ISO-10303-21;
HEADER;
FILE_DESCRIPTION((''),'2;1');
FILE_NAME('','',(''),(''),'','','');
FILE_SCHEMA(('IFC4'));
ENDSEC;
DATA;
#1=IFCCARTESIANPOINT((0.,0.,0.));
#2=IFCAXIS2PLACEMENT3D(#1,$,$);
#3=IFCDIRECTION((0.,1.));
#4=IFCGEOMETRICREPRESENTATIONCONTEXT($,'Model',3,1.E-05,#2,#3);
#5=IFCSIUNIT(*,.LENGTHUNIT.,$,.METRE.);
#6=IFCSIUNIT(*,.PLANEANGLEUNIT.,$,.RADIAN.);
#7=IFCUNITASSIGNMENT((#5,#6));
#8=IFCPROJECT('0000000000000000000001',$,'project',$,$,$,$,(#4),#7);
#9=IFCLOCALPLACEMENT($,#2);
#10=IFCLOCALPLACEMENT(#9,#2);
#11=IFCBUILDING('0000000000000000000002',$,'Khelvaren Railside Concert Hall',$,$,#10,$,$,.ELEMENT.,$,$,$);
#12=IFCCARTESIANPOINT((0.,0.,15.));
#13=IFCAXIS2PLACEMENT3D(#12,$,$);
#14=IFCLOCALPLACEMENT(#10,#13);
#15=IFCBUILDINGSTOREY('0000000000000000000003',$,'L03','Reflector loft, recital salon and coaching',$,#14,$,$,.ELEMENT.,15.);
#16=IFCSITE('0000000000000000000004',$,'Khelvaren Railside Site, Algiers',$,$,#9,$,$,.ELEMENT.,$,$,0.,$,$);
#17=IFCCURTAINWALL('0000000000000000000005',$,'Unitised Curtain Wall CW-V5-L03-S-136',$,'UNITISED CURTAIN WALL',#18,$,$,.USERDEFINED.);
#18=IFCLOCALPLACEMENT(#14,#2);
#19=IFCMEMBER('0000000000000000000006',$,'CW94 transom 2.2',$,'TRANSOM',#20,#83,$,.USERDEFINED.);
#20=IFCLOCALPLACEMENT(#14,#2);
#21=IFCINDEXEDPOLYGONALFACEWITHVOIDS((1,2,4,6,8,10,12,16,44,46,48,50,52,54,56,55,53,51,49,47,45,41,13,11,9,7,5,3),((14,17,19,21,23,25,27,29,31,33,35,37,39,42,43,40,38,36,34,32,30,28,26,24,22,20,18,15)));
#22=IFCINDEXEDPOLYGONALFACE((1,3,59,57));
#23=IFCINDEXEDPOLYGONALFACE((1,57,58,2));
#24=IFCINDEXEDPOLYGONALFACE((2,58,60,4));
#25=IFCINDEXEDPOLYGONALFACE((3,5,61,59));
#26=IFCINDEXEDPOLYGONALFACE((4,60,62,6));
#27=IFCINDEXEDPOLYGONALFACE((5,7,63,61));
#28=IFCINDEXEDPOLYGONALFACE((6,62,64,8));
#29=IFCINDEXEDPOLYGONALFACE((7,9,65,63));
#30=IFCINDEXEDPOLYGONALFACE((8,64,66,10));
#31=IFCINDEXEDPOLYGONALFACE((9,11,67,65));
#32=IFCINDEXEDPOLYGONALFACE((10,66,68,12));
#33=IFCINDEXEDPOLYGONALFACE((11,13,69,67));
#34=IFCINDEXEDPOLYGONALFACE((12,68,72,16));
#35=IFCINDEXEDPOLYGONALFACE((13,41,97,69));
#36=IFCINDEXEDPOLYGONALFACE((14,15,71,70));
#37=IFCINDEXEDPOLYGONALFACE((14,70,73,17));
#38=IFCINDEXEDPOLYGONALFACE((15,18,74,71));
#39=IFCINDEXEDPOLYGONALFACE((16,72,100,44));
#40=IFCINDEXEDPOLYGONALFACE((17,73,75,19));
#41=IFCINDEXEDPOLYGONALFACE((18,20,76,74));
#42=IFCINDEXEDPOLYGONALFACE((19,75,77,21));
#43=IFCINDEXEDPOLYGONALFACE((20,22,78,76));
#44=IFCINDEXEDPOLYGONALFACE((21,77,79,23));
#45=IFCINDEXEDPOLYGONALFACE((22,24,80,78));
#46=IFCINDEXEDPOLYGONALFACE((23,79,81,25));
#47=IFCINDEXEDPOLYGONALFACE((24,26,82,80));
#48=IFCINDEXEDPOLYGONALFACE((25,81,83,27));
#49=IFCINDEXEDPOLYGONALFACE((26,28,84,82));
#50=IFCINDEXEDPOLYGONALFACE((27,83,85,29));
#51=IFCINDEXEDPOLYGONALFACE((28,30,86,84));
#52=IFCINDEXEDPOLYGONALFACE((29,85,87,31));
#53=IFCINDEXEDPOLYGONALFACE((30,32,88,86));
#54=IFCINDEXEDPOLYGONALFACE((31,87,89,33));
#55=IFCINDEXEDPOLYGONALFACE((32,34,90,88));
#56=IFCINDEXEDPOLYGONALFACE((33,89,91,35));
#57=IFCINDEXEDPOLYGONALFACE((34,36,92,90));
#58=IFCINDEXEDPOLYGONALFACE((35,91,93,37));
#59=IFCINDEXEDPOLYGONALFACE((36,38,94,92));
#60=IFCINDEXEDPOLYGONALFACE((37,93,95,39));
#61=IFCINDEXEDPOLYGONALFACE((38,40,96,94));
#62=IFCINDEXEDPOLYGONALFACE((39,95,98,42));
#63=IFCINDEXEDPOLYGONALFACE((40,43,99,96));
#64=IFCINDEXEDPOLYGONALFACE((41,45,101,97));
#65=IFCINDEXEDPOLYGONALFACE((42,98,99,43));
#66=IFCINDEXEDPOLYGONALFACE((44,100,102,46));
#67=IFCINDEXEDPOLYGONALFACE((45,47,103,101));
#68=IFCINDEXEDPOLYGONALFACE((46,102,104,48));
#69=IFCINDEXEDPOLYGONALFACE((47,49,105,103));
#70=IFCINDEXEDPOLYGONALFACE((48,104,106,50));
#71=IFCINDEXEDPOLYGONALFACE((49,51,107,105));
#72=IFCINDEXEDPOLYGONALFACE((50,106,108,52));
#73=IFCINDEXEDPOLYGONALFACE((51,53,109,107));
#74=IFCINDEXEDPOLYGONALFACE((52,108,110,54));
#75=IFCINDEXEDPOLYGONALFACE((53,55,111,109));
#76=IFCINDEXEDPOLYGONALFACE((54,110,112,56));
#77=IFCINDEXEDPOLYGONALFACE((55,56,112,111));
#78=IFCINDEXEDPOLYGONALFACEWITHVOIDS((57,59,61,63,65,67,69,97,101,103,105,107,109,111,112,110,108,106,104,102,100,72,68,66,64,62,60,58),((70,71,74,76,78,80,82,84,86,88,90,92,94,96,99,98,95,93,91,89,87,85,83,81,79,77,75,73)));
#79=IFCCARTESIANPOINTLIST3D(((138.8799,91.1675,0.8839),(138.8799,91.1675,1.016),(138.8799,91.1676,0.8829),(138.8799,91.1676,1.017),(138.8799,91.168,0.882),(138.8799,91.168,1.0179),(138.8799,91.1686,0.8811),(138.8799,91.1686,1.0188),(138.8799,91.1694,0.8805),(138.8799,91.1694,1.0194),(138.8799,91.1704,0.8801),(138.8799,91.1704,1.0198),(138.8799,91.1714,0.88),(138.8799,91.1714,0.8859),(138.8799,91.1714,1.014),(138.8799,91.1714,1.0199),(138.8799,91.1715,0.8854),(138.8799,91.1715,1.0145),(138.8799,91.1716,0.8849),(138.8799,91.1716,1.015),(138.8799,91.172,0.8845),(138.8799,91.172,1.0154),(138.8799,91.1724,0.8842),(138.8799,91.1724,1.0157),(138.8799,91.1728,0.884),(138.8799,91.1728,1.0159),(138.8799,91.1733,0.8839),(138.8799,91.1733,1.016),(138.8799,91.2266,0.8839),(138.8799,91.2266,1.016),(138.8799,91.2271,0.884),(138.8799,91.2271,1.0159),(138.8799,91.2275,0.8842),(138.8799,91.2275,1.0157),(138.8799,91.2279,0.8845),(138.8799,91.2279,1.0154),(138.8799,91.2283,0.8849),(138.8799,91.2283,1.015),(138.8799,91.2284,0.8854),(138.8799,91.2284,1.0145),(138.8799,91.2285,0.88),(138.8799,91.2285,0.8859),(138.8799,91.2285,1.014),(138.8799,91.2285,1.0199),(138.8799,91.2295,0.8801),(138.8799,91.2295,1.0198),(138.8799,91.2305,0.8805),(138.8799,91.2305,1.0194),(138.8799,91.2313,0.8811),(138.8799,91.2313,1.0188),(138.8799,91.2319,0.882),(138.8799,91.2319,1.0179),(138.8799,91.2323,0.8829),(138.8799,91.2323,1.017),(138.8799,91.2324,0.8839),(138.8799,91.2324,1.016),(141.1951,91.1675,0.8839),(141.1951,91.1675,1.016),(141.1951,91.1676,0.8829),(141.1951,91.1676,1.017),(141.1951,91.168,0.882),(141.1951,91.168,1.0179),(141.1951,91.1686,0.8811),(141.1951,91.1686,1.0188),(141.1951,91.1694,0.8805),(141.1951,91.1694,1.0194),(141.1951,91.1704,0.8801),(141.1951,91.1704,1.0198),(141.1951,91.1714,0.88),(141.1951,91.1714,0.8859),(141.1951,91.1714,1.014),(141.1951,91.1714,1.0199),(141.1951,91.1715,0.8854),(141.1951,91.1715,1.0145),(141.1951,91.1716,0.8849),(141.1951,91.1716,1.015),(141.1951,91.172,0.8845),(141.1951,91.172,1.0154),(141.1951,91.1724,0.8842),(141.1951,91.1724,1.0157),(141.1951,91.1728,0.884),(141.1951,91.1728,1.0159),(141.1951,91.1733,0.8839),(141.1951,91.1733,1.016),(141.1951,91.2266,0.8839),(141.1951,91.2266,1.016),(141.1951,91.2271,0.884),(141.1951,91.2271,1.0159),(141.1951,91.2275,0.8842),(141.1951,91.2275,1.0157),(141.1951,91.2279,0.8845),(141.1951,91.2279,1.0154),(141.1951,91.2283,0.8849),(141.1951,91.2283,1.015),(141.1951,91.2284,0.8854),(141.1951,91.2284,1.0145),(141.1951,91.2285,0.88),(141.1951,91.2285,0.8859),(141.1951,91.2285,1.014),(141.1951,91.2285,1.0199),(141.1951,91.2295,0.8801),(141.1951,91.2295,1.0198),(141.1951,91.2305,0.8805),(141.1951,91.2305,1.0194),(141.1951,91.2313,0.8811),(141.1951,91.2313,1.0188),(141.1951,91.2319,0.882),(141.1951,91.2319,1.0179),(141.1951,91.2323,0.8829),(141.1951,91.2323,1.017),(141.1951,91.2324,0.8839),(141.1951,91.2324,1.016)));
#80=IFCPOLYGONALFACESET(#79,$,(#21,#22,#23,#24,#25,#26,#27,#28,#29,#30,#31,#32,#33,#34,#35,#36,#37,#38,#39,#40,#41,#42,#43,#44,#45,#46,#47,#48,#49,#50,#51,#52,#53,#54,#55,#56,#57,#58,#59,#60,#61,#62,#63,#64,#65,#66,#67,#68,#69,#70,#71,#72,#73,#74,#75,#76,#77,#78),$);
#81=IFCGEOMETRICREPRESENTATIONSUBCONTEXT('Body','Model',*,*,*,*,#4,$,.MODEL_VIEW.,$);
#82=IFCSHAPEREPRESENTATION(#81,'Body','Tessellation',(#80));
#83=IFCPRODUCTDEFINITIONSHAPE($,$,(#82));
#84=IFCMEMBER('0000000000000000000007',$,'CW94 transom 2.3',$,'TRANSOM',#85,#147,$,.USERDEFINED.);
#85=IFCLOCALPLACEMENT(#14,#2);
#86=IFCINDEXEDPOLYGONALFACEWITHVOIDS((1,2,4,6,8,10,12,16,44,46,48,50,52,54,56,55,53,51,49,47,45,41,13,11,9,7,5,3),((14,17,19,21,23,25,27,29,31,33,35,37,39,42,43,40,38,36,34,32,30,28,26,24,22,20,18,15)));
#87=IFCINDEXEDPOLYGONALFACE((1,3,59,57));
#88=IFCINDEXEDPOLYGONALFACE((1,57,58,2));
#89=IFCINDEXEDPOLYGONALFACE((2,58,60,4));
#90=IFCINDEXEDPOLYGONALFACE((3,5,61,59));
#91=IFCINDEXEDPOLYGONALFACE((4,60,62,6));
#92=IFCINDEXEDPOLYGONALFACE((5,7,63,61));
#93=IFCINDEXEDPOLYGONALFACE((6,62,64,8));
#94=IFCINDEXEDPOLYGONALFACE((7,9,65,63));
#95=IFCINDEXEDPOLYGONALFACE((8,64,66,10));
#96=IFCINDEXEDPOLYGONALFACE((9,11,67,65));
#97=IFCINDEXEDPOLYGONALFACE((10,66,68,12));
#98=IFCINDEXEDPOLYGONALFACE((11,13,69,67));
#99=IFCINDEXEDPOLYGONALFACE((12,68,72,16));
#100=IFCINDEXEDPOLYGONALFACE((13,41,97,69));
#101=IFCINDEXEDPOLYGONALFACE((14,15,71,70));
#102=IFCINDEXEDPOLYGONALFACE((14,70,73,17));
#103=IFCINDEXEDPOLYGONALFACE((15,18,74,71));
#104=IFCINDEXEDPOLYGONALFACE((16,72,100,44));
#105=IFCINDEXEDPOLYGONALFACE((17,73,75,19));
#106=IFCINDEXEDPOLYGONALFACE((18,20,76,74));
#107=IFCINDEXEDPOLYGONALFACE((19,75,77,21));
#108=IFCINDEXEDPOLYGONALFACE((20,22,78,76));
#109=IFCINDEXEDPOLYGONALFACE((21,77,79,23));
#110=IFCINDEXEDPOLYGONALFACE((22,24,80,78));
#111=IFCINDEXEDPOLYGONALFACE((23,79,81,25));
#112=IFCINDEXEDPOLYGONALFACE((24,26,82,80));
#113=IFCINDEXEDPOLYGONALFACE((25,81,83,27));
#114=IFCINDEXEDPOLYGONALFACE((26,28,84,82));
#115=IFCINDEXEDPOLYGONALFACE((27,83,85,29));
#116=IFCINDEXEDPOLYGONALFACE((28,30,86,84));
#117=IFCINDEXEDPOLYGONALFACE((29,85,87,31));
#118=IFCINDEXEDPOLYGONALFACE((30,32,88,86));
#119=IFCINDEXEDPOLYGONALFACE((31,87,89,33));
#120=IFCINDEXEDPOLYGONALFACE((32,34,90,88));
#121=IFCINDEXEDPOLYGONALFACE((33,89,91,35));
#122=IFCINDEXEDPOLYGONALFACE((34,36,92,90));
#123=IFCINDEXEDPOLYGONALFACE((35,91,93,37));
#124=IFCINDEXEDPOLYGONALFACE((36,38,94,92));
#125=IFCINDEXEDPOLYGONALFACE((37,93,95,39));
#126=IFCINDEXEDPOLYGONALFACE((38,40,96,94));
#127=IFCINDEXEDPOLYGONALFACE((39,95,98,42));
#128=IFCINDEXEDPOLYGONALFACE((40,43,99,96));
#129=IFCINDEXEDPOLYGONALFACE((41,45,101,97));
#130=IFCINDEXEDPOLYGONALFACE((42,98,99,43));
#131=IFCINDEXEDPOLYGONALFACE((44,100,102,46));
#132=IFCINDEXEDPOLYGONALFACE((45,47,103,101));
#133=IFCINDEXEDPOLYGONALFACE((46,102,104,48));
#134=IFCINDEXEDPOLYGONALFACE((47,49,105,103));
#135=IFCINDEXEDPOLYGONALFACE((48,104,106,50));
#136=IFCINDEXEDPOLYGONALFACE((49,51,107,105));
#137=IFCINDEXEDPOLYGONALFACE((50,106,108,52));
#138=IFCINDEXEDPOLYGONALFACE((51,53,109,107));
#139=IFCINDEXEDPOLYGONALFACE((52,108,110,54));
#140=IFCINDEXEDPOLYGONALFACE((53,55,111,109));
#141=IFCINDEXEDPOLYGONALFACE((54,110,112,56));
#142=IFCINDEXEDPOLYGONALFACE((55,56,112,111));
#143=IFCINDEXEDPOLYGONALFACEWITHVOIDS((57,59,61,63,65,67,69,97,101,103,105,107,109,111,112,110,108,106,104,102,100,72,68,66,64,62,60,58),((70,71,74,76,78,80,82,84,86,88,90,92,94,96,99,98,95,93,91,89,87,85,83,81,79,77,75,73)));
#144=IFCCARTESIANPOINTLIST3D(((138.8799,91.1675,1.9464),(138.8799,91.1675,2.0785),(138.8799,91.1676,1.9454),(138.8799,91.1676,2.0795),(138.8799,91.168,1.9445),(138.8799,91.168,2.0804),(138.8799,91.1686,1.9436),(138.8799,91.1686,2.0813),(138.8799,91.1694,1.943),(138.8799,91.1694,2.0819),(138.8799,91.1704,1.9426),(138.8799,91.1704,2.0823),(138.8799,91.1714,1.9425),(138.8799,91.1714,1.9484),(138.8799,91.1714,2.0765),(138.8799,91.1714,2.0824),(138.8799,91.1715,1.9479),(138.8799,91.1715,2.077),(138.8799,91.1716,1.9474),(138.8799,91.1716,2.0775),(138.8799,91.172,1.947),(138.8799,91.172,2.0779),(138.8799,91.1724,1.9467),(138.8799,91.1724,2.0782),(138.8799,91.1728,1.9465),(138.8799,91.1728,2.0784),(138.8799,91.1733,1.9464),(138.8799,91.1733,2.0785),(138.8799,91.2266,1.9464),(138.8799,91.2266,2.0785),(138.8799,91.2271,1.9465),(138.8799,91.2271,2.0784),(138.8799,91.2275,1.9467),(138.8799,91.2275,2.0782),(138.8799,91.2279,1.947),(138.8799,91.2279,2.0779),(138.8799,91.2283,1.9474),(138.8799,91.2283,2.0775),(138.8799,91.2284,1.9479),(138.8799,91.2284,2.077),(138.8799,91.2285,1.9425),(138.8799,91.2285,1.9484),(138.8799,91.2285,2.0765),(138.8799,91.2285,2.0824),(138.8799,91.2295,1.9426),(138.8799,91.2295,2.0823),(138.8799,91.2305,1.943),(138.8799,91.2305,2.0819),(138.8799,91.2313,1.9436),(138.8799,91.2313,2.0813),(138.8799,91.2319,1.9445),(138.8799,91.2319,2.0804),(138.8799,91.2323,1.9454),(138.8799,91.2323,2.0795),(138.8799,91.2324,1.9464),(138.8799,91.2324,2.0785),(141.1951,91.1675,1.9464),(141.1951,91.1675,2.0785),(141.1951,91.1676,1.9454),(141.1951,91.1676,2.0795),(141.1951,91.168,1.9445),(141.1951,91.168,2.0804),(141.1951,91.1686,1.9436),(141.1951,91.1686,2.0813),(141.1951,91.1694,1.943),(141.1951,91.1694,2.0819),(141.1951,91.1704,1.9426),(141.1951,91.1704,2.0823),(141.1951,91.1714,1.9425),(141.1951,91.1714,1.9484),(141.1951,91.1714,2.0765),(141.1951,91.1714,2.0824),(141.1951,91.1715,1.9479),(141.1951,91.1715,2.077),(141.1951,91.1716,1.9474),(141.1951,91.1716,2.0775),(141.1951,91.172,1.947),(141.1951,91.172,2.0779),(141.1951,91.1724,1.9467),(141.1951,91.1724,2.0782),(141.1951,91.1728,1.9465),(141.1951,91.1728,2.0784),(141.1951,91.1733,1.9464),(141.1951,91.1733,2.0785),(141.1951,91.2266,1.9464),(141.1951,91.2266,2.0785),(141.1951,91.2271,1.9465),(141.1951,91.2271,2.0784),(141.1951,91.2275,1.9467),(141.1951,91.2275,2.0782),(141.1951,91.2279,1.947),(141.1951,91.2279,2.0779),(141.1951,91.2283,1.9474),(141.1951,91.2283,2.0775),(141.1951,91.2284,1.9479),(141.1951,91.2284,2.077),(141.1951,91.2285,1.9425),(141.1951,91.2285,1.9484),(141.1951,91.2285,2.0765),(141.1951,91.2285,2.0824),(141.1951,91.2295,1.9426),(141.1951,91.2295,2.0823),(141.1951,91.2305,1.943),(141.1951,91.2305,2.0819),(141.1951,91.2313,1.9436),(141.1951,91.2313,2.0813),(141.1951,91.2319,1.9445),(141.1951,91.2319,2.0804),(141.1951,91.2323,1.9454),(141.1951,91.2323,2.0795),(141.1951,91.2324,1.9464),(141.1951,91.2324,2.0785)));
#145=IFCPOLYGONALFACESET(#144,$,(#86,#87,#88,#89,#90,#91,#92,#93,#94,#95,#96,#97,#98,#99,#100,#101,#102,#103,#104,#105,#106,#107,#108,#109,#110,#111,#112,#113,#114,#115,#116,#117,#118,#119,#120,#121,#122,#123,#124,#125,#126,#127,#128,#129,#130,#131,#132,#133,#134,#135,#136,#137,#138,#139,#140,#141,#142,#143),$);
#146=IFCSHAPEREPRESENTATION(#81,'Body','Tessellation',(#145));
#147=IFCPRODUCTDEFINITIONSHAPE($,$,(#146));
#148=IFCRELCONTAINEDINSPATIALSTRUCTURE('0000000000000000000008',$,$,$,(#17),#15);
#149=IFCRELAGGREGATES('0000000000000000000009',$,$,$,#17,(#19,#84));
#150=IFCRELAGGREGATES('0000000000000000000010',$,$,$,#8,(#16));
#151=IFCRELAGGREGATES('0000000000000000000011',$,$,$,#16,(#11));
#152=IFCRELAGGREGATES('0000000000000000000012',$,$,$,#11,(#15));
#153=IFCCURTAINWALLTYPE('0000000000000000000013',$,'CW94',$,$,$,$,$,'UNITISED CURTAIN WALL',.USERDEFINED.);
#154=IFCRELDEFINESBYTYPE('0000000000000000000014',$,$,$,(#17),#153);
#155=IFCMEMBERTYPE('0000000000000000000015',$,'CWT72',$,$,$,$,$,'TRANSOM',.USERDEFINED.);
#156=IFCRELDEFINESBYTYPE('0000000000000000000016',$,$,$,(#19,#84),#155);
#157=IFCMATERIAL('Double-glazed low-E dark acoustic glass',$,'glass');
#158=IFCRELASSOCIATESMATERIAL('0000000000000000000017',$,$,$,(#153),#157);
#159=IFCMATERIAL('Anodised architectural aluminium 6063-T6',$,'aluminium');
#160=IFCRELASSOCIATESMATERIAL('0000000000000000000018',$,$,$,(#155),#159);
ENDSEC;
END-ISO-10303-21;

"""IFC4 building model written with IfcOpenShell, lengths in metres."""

from ifc_helpers import new_model, si_unit, direction, frame, origin, origin_2d, place, context, subcontext, project, spatial, hollow_rectangle, extrude, material, material_profile, profile_set, type_object, element, aggregate, save


model = new_model("IFC4")

# Units and contexts
model_context = context("Model", 3, precision=1e-05, world=origin(), true_north=direction((0.0, 1.0)))
body_context = subcontext(model_context, "Body", "Model", "MODEL_VIEW")
ifc_project = project(units=[si_unit("LENGTHUNIT", "METRE"), si_unit("PLANEANGLEUNIT", "RADIAN")], contexts=[model_context])

# Site, building, storey
site_placement = place(None, origin())
site = spatial("IfcSite", under=ifc_project, at=site_placement, Name="Khelvaren Railside Site, Algiers", CompositionType="ELEMENT", RefElevation=0.0)
building_placement = place(site_placement, origin())
building = spatial("IfcBuilding", under=site, at=building_placement, Name="Khelvaren Railside Concert Hall", CompositionType="ELEMENT")
storey_placement = place(building_placement, frame((0.0, 0.0, 15.0)))
storey = spatial("IfcBuildingStorey", under=building, at=storey_placement, Name="L03", Description="Reflector loft, recital salon and coaching", CompositionType="ELEMENT", Elevation=15.0)

# Curtain wall, members
ifc_material_1 = material(Name="Double-glazed low-E dark acoustic glass", Category="glass")
curtain_wall_type = type_object("IfcCurtainWallType", Name="CW94", ElementType="UNITISED CURTAIN WALL", PredefinedType="USERDEFINED", material=ifc_material_1)
curtain_wall_placement = place(storey_placement, origin())
curtain_wall = element("IfcCurtainWall", 1, at=curtain_wall_placement, inside=storey, type_object=curtain_wall_type, Name="Unitised Curtain Wall CW-V5-L03-S-136", ObjectType="UNITISED CURTAIN WALL", PredefinedType="USERDEFINED")
ifc_material_2 = material(Name="Anodised architectural aluminium 6063-T6", Category="aluminium")
ifc_material_profile_1 = material_profile(ifc_material_2, hollow_rectangle(XDim=0.0649, YDim=0.1399, WallThickness=0.0039, InnerFilletRadius=0.002, OuterFilletRadius=0.0039, at=origin_2d()), Name="CWT 65x140x4")
ifc_profile_set_1 = profile_set([ifc_material_profile_1], Name="Anodised architectural aluminium 6063-T6")
member_type_1 = type_object("IfcMemberType", Name="CWT72", ElementType="TRANSOM", PredefinedType="USERDEFINED", material=ifc_profile_set_1)
member_1_placement = place(storey_placement, frame((141.1951, 91.2, 0.95), z_axis=(-1.0, 0.0, 0.0), x_axis=(0.0, -1.0, 0.0)))
member_1 = element("IfcMember", 2, at=member_1_placement, type_object=member_type_1, Name="CW94 transom 2.2", ObjectType="TRANSOM", PredefinedType="USERDEFINED", context=body_context, shape_type="SweptSolid", body=[
    extrude(hollow_rectangle(XDim=0.0649, YDim=0.1399, WallThickness=0.0039, InnerFilletRadius=0.002, OuterFilletRadius=0.0039, at=origin_2d()), origin(), (0.0, 0.0, 1.0), 2.3152),
])
member_2_placement = place(storey_placement, frame((141.1951, 91.2, 2.0125), z_axis=(-1.0, 0.0, 0.0), x_axis=(0.0, -1.0, 0.0)))
member_2 = element("IfcMember", 3, at=member_2_placement, type_object=member_type_1, Name="CW94 transom 2.3", ObjectType="TRANSOM", PredefinedType="USERDEFINED", context=body_context, shape_type="SweptSolid", body=[
    extrude(hollow_rectangle(XDim=0.0649, YDim=0.1399, WallThickness=0.0039, InnerFilletRadius=0.002, OuterFilletRadius=0.0039, at=origin_2d()), origin(), (0.0, 0.0, 1.0), 2.3152),
])

aggregate(curtain_wall, [member_1, member_2])

save(model, "model.ifc")
